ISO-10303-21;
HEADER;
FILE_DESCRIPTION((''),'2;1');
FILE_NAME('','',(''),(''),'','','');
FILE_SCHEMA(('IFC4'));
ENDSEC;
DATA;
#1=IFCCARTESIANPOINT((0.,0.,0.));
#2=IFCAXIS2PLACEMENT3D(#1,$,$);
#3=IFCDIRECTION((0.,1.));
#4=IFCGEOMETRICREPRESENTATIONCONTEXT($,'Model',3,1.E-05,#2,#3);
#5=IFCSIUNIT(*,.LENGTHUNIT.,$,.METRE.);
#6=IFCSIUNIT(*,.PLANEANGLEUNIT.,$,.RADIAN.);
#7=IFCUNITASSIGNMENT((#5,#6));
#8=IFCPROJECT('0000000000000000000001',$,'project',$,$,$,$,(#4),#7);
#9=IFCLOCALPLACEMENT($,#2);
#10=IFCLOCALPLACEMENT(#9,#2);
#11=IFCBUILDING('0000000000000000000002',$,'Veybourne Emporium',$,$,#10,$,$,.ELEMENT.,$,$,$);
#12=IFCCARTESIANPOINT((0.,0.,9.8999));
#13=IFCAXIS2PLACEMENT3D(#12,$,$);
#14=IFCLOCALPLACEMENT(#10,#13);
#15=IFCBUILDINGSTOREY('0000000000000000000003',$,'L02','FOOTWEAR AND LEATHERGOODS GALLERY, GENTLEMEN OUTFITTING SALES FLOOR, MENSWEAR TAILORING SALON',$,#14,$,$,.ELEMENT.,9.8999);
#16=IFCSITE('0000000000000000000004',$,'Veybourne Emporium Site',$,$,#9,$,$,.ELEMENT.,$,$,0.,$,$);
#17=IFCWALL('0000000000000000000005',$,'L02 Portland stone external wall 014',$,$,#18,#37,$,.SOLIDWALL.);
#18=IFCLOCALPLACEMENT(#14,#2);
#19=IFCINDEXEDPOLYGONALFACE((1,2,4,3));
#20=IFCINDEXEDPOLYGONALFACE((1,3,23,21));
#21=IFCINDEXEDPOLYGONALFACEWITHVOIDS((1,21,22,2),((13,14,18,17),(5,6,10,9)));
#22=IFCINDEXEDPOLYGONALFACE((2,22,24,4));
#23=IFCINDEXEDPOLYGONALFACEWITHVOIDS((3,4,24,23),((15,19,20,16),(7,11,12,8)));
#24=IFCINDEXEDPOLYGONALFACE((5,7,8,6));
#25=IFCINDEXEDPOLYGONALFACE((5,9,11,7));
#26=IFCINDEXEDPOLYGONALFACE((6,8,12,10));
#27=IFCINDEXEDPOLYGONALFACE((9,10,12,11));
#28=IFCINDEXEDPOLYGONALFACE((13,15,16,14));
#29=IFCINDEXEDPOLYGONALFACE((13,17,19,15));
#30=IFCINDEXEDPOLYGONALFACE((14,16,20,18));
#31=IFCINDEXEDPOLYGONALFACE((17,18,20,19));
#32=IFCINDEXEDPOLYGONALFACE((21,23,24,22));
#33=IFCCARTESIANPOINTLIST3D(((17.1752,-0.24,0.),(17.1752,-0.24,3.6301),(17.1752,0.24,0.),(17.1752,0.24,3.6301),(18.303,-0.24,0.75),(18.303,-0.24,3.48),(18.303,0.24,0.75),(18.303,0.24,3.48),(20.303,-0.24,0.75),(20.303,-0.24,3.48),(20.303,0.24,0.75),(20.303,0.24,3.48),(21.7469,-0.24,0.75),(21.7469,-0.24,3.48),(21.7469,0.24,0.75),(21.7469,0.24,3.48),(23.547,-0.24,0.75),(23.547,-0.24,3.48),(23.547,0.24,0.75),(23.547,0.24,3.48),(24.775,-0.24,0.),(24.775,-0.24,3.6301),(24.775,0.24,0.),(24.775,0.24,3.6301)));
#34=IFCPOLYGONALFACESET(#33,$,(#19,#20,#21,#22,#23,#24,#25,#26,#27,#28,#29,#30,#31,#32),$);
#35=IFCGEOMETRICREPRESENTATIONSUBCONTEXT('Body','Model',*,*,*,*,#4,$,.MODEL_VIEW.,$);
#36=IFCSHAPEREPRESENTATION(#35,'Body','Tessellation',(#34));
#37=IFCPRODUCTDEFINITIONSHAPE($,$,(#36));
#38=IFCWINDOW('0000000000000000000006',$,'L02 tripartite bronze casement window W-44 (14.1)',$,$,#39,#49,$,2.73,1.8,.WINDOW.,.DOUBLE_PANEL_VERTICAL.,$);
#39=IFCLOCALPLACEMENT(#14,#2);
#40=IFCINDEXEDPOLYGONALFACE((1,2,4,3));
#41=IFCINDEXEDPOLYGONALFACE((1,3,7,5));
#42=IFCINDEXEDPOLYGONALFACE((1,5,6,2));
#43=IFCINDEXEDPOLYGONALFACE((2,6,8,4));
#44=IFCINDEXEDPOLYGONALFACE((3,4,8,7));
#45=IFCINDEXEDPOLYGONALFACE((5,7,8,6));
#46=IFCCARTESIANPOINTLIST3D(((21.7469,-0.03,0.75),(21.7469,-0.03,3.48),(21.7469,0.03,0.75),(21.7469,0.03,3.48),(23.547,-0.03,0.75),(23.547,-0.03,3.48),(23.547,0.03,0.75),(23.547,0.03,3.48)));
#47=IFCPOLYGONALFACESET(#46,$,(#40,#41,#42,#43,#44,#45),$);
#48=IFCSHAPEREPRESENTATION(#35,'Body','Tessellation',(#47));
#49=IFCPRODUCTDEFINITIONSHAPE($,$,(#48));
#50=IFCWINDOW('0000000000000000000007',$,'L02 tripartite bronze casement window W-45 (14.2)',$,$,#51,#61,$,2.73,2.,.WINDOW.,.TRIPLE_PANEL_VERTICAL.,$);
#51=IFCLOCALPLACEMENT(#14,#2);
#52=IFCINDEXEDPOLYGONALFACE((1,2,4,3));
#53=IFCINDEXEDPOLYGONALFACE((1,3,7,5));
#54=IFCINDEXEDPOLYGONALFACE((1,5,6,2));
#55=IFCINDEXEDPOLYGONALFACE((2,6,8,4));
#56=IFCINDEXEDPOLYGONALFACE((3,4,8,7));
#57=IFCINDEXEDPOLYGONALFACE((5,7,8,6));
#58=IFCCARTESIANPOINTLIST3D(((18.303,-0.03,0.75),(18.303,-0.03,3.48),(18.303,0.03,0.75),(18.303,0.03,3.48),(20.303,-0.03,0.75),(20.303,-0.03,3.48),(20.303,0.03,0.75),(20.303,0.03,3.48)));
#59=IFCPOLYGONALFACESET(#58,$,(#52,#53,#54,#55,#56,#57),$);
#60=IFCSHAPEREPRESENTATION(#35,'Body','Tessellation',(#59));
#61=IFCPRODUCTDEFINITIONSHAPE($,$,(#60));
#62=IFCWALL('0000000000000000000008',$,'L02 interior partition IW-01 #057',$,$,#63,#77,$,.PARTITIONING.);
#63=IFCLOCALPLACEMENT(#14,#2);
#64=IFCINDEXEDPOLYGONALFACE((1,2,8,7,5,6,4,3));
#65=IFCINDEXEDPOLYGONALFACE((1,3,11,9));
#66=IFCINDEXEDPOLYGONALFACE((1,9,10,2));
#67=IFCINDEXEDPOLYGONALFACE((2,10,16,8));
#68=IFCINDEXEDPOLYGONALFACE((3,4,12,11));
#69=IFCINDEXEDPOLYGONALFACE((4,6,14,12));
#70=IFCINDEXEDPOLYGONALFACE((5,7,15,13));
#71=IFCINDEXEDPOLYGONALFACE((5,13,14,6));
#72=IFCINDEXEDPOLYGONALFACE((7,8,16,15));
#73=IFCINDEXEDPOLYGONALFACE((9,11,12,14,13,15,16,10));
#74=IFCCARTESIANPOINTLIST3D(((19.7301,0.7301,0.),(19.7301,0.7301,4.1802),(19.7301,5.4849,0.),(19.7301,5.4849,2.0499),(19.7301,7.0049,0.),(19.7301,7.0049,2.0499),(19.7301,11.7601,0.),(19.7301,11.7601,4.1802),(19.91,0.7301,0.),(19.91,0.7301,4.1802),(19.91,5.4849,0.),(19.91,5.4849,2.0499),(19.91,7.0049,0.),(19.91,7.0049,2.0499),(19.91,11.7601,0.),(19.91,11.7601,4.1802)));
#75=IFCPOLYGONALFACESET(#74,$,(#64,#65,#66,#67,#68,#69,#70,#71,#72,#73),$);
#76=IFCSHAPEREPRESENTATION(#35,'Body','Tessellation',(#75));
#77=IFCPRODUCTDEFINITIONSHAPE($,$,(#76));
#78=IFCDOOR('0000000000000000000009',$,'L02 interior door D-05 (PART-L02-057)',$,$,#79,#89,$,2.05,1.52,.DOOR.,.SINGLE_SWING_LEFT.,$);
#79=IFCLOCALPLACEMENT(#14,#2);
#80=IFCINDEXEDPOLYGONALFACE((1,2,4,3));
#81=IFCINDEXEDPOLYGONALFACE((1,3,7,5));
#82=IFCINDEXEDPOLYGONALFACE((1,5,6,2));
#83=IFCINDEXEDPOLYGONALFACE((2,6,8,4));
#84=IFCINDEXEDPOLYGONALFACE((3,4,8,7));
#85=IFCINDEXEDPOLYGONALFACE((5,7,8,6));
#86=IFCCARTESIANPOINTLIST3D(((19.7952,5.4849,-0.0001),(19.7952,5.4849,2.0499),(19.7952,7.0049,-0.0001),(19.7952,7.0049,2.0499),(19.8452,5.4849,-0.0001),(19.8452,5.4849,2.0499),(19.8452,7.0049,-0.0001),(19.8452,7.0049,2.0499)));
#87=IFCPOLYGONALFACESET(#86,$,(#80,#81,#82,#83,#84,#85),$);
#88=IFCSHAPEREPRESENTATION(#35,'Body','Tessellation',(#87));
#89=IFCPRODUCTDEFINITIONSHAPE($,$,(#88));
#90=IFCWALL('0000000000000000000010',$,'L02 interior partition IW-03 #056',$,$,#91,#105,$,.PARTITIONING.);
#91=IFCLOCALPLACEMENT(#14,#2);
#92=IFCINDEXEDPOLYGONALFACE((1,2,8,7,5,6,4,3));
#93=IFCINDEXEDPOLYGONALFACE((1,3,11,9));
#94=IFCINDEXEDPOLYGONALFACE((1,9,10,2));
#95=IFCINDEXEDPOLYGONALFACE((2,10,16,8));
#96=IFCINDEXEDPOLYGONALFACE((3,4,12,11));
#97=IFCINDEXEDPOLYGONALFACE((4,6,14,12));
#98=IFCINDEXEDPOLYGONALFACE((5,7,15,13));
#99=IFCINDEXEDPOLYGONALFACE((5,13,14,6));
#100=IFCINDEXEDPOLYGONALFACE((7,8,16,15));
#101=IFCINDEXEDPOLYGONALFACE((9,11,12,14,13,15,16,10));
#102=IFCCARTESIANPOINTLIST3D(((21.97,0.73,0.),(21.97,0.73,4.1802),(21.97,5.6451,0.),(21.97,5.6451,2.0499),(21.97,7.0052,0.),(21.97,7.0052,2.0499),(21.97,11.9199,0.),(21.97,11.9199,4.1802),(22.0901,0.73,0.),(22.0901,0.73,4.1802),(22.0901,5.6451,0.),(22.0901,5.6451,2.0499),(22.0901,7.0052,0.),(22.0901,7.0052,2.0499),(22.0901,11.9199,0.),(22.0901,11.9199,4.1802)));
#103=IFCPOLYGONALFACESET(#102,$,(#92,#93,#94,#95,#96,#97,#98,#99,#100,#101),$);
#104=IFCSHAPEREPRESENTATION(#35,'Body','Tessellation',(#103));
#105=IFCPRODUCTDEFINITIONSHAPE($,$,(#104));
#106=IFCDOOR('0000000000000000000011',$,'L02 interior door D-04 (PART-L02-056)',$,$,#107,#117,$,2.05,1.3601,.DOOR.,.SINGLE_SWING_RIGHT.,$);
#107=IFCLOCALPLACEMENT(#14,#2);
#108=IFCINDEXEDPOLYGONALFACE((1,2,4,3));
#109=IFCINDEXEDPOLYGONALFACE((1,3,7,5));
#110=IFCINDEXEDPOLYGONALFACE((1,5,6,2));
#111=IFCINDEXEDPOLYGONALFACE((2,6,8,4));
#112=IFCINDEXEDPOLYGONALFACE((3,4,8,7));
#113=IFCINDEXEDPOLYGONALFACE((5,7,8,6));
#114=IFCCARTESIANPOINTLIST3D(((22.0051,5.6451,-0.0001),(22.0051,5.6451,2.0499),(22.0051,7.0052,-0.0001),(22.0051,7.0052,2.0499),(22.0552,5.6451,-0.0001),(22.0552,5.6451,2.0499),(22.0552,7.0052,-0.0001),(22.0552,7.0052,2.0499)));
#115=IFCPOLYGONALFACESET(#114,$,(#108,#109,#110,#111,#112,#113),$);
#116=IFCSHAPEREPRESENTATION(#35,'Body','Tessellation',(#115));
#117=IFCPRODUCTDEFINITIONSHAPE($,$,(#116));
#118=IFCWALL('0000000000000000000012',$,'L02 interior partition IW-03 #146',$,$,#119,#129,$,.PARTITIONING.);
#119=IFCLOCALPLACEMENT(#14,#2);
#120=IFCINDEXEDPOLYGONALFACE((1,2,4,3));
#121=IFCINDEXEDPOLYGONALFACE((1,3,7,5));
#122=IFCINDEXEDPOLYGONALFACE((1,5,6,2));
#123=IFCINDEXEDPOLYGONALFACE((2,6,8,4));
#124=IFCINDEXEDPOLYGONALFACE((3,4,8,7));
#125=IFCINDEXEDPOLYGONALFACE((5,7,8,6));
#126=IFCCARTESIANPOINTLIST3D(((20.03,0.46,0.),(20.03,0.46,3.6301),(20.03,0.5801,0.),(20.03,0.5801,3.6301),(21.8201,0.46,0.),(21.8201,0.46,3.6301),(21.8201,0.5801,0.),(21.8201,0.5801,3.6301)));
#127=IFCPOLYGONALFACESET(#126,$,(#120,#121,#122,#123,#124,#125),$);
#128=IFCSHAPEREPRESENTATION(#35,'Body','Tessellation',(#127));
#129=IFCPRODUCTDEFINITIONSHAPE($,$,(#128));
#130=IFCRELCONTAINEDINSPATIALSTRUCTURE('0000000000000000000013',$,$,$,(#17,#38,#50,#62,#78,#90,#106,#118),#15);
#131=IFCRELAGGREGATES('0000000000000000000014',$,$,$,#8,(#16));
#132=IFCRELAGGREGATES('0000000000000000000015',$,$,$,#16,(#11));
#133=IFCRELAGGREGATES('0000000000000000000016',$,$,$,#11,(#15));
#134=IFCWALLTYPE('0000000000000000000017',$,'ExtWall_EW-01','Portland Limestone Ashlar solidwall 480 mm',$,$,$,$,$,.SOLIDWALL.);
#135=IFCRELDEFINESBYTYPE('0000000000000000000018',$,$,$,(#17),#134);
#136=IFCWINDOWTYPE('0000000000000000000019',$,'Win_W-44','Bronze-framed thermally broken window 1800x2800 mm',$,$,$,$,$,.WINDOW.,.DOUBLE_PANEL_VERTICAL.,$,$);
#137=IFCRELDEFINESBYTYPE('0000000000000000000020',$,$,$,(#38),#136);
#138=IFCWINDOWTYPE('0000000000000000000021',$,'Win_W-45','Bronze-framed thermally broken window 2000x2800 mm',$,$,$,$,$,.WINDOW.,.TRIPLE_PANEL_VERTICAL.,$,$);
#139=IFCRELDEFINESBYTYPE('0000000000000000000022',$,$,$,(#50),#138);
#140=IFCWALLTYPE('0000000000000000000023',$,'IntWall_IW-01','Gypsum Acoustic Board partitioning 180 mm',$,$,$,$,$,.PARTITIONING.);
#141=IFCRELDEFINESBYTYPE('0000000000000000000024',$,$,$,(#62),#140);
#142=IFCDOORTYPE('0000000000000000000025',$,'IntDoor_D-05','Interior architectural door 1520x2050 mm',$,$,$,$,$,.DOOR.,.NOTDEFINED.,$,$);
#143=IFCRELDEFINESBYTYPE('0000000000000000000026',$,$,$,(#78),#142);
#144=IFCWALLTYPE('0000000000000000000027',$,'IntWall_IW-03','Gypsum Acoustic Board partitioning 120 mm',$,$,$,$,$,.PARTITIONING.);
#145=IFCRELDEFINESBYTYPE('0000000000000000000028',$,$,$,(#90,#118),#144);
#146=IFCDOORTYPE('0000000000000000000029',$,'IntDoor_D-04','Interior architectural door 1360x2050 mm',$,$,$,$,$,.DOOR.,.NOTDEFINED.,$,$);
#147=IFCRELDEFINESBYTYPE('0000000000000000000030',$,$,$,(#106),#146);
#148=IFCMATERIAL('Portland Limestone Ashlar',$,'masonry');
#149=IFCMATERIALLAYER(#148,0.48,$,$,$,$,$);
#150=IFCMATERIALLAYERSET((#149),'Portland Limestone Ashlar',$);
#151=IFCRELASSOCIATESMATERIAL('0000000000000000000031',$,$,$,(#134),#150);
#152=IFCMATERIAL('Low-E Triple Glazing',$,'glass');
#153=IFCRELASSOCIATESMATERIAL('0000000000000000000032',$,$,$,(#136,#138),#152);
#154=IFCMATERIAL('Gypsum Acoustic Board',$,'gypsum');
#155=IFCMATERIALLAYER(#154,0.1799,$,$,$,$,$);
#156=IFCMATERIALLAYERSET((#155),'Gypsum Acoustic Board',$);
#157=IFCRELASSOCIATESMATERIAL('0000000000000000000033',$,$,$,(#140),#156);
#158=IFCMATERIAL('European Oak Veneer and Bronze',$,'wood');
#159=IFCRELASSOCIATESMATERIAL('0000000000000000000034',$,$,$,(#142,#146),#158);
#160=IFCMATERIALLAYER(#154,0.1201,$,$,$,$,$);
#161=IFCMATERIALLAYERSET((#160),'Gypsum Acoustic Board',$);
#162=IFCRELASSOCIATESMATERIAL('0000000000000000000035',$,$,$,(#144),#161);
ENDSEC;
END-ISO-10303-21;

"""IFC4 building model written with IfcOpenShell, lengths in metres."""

from ifc_helpers import new_model, si_unit, direction, frame, frame_2d, origin, place, context, subcontext, project, spatial, rectangle, extrude, material, layer, layer_set, type_object, element, fill, save


model = new_model("IFC4")

# Units and contexts
model_context = context("Model", 3, precision=1e-05, world=origin(), true_north=direction((0.0, 1.0)))
body_context = subcontext(model_context, "Body", "Model", "MODEL_VIEW")
ifc_project = project(units=[si_unit("LENGTHUNIT", "METRE"), si_unit("PLANEANGLEUNIT", "RADIAN")], contexts=[model_context])

# Site, building, storey
site_placement = place(None, origin())
site = spatial("IfcSite", under=ifc_project, at=site_placement, Name="Veybourne Emporium Site", CompositionType="ELEMENT", RefElevation=0.0)
building_placement = place(site_placement, origin())
building = spatial("IfcBuilding", under=site, at=building_placement, Name="Veybourne Emporium", CompositionType="ELEMENT")
storey_placement = place(building_placement, frame((0.0, 0.0, 9.8999)))
storey = spatial("IfcBuildingStorey", under=building, at=storey_placement, Name="L02", Description="FOOTWEAR AND LEATHERGOODS GALLERY, GENTLEMEN OUTFITTING SALES FLOOR, MENSWEAR TAILORING SALON", CompositionType="ELEMENT", Elevation=9.8999)

# Shared definitions
ifc_material_1 = material(Name="Low-E Triple Glazing", Category="glass")

# Wall, openings, windows
ifc_material_2 = material(Name="Portland Limestone Ashlar", Category="masonry")
ifc_layer_1 = layer(ifc_material_2, 0.48)
ifc_layer_set_1 = layer_set([ifc_layer_1], Name="Portland Limestone Ashlar")
wall_type_1 = type_object("IfcWallType", Name="ExtWall_EW-01", Description="Portland Limestone Ashlar solidwall 480 mm", PredefinedType="SOLIDWALL", material=ifc_layer_set_1)
wall_1_placement = place(storey_placement, frame((24.7749, 0.0, 0.0), z_axis=(0.0, 0.0, 1.0), x_axis=(-1.0, 0.0, 0.0)))
wall_1 = element("IfcWall", 1, at=wall_1_placement, inside=storey, type_object=wall_type_1, Name="L02 Portland stone external wall 014", PredefinedType="SOLIDWALL", context=body_context, shape_type="SweptSolid", body=[
    extrude(rectangle(XDim=7.5999, YDim=0.48, at=frame_2d((3.7998, 0.0))), origin(), (0.0, 0.0, 1.0), 3.6301),
])
opening_1_placement = place(wall_1_placement, frame((1.228, 0.0, 0.75)))
opening_1 = element("IfcOpeningElement", 2, at=opening_1_placement, cuts=wall_1, PredefinedType="OPENING", context=body_context, shape_type="SweptSolid", body=[
    extrude(rectangle(XDim=1.8, YDim=2.73, at=frame_2d((0.8999, 1.365))), frame((0.0, 0.26, 0.0), z_axis=(0.0, -1.0, 0.0), x_axis=(1.0, 0.0, 0.0)), (0.0, 0.0, 1.0), 0.52),
])
opening_2_placement = place(wall_1_placement, frame((4.4719, 0.0, 0.75)))
opening_2 = element("IfcOpeningElement", 3, at=opening_2_placement, cuts=wall_1, PredefinedType="OPENING", context=body_context, shape_type="SweptSolid", body=[
    extrude(rectangle(XDim=2.0, YDim=2.73, at=frame_2d((1.0, 1.365))), frame((0.0, 0.26, 0.0), z_axis=(0.0, -1.0, 0.0), x_axis=(1.0, 0.0, 0.0)), (0.0, 0.0, 1.0), 0.52),
])
window_type_1 = type_object("IfcWindowType", Name="Win_W-44", Description="Bronze-framed thermally broken window 1800x2800 mm", PartitioningType="DOUBLE_PANEL_VERTICAL", PredefinedType="WINDOW", material=ifc_material_1)
window_1_placement = place(opening_1_placement, origin())
window_1 = element("IfcWindow", 4, at=window_1_placement, inside=storey, type_object=window_type_1, Name="L02 tripartite bronze casement window W-44 (14.1)", OverallHeight=2.73, OverallWidth=1.8, PartitioningType="DOUBLE_PANEL_VERTICAL", PredefinedType="WINDOW", context=body_context, shape_type="SweptSolid", body=[
    extrude(rectangle(XDim=1.8, YDim=2.73, at=frame_2d((0.8999, 1.365))), frame((0.0, 0.03, 0.0), z_axis=(0.0, -1.0, 0.0), x_axis=(1.0, 0.0, 0.0)), (0.0, 0.0, 1.0), 0.0601),
])
fill(opening_1, window_1)
window_type_2 = type_object("IfcWindowType", Name="Win_W-45", Description="Bronze-framed thermally broken window 2000x2800 mm", PartitioningType="TRIPLE_PANEL_VERTICAL", PredefinedType="WINDOW", material=ifc_material_1)
window_2_placement = place(opening_2_placement, origin())
window_2 = element("IfcWindow", 5, at=window_2_placement, inside=storey, type_object=window_type_2, Name="L02 tripartite bronze casement window W-45 (14.2)", OverallHeight=2.73, OverallWidth=2.0, PartitioningType="TRIPLE_PANEL_VERTICAL", PredefinedType="WINDOW", context=body_context, shape_type="SweptSolid", body=[
    extrude(rectangle(XDim=2.0, YDim=2.73, at=frame_2d((1.0, 1.365))), frame((0.0, 0.03, 0.0), z_axis=(0.0, -1.0, 0.0), x_axis=(1.0, 0.0, 0.0)), (0.0, 0.0, 1.0), 0.0601),
])
fill(opening_2, window_2)

# Walls, openings, doors
ifc_material_3 = material(Name="Gypsum Acoustic Board", Category="gypsum")
ifc_layer_2 = layer(ifc_material_3, 0.1799)
ifc_layer_set_2 = layer_set([ifc_layer_2], Name="Gypsum Acoustic Board")
wall_type_2 = type_object("IfcWallType", Name="IntWall_IW-01", Description="Gypsum Acoustic Board partitioning 180 mm", PredefinedType="PARTITIONING", material=ifc_layer_set_2)
wall_2_placement = place(storey_placement, frame((19.8201, 0.73, 0.0), z_axis=(0.0, 0.0, 1.0), x_axis=(0.0, 1.0, 0.0)))
wall_2 = element("IfcWall", 6, at=wall_2_placement, inside=storey, type_object=wall_type_2, Name="L02 interior partition IW-01 #057", PredefinedType="PARTITIONING", context=body_context, shape_type="SweptSolid", body=[
    extrude(rectangle(XDim=11.03, YDim=0.1799, at=frame_2d((5.5151, 0.0))), origin(), (0.0, 0.0, 1.0), 4.1802),
])
opening_3_placement = place(wall_2_placement, frame((4.7549, 0.0, 0.0)))
opening_3 = element("IfcOpeningElement", 7, at=opening_3_placement, cuts=wall_2, PredefinedType="OPENING", context=body_context, shape_type="SweptSolid", body=[
    extrude(rectangle(XDim=1.52, YDim=2.05, at=frame_2d((0.76, 1.0249))), frame((0.0, 0.1099, 0.0), z_axis=(0.0, -1.0, 0.0), x_axis=(1.0, 0.0, 0.0)), (0.0, 0.0, 1.0), 0.22),
])
ifc_material_4 = material(Name="European Oak Veneer and Bronze", Category="wood")
door_type_1 = type_object("IfcDoorType", Name="IntDoor_D-05", Description="Interior architectural door 1520x2050 mm", OperationType="NOTDEFINED", PredefinedType="DOOR", material=ifc_material_4)
door_1_placement = place(opening_3_placement, origin())
door_1 = element("IfcDoor", 8, at=door_1_placement, inside=storey, type_object=door_type_1, Name="L02 interior door D-05 (PART-L02-057)", OperationType="SINGLE_SWING_LEFT", OverallHeight=2.05, OverallWidth=1.52, PredefinedType="DOOR", context=body_context, shape_type="SweptSolid", body=[
    extrude(rectangle(XDim=1.52, YDim=2.05, at=frame_2d((0.76, 1.0249))), frame((0.0, 0.0249, 0.0), z_axis=(0.0, -1.0, 0.0), x_axis=(1.0, 0.0, 0.0)), (0.0, 0.0, 1.0), 0.05),
])
fill(opening_3, door_1)
ifc_layer_3 = layer(ifc_material_3, 0.1201)
ifc_layer_set_3 = layer_set([ifc_layer_3], Name="Gypsum Acoustic Board")
wall_type_3 = type_object("IfcWallType", Name="IntWall_IW-03", Description="Gypsum Acoustic Board partitioning 120 mm", PredefinedType="PARTITIONING", material=ifc_layer_set_3)
wall_3_placement = place(storey_placement, frame((22.03, 0.73, 0.0), z_axis=(0.0, 0.0, 1.0), x_axis=(0.0, 1.0, 0.0)))
wall_3 = element("IfcWall", 9, at=wall_3_placement, inside=storey, type_object=wall_type_3, Name="L02 interior partition IW-03 #056", PredefinedType="PARTITIONING", context=body_context, shape_type="SweptSolid", body=[
    extrude(rectangle(XDim=11.1899, YDim=0.1201, at=frame_2d((5.595, 0.0))), origin(), (0.0, 0.0, 1.0), 4.1802),
])
opening_4_placement = place(wall_3_placement, frame((4.915, 0.0, 0.0)))
opening_4 = element("IfcOpeningElement", 10, at=opening_4_placement, cuts=wall_3, PredefinedType="OPENING", context=body_context, shape_type="SweptSolid", body=[
    extrude(rectangle(XDim=1.3601, YDim=2.05, at=frame_2d((0.6802, 1.0249))), frame((0.0, 0.0801, 0.0), z_axis=(0.0, -1.0, 0.0), x_axis=(1.0, 0.0, 0.0)), (0.0, 0.0, 1.0), 0.1602),
])
door_type_2 = type_object("IfcDoorType", Name="IntDoor_D-04", Description="Interior architectural door 1360x2050 mm", OperationType="NOTDEFINED", PredefinedType="DOOR", material=ifc_material_4)
door_2_placement = place(opening_4_placement, origin())
door_2 = element("IfcDoor", 11, at=door_2_placement, inside=storey, type_object=door_type_2, Name="L02 interior door D-04 (PART-L02-056)", OperationType="SINGLE_SWING_RIGHT", OverallHeight=2.05, OverallWidth=1.3601, PredefinedType="DOOR", context=body_context, shape_type="SweptSolid", body=[
    extrude(rectangle(XDim=1.3601, YDim=2.05, at=frame_2d((0.6802, 1.0249))), frame((0.0, 0.0249, 0.0), z_axis=(0.0, -1.0, 0.0), x_axis=(1.0, 0.0, 0.0)), (0.0, 0.0, 1.0), 0.05),
])
fill(opening_4, door_2)

# Wall
wall_4_placement = place(storey_placement, frame((20.03, 0.52, 0.0), z_axis=(0.0, 0.0, 1.0), x_axis=(1.0, 0.0, 0.0)))
element("IfcWall", 12, at=wall_4_placement, inside=storey, type_object=wall_type_3, Name="L02 interior partition IW-03 #146", PredefinedType="PARTITIONING", context=body_context, shape_type="SweptSolid", body=[
    extrude(rectangle(XDim=1.79, YDim=0.1201, at=frame_2d((0.895, 0.0))), origin(), (0.0, 0.0, 1.0), 3.6301),
])

save(model, "model.ifc")
